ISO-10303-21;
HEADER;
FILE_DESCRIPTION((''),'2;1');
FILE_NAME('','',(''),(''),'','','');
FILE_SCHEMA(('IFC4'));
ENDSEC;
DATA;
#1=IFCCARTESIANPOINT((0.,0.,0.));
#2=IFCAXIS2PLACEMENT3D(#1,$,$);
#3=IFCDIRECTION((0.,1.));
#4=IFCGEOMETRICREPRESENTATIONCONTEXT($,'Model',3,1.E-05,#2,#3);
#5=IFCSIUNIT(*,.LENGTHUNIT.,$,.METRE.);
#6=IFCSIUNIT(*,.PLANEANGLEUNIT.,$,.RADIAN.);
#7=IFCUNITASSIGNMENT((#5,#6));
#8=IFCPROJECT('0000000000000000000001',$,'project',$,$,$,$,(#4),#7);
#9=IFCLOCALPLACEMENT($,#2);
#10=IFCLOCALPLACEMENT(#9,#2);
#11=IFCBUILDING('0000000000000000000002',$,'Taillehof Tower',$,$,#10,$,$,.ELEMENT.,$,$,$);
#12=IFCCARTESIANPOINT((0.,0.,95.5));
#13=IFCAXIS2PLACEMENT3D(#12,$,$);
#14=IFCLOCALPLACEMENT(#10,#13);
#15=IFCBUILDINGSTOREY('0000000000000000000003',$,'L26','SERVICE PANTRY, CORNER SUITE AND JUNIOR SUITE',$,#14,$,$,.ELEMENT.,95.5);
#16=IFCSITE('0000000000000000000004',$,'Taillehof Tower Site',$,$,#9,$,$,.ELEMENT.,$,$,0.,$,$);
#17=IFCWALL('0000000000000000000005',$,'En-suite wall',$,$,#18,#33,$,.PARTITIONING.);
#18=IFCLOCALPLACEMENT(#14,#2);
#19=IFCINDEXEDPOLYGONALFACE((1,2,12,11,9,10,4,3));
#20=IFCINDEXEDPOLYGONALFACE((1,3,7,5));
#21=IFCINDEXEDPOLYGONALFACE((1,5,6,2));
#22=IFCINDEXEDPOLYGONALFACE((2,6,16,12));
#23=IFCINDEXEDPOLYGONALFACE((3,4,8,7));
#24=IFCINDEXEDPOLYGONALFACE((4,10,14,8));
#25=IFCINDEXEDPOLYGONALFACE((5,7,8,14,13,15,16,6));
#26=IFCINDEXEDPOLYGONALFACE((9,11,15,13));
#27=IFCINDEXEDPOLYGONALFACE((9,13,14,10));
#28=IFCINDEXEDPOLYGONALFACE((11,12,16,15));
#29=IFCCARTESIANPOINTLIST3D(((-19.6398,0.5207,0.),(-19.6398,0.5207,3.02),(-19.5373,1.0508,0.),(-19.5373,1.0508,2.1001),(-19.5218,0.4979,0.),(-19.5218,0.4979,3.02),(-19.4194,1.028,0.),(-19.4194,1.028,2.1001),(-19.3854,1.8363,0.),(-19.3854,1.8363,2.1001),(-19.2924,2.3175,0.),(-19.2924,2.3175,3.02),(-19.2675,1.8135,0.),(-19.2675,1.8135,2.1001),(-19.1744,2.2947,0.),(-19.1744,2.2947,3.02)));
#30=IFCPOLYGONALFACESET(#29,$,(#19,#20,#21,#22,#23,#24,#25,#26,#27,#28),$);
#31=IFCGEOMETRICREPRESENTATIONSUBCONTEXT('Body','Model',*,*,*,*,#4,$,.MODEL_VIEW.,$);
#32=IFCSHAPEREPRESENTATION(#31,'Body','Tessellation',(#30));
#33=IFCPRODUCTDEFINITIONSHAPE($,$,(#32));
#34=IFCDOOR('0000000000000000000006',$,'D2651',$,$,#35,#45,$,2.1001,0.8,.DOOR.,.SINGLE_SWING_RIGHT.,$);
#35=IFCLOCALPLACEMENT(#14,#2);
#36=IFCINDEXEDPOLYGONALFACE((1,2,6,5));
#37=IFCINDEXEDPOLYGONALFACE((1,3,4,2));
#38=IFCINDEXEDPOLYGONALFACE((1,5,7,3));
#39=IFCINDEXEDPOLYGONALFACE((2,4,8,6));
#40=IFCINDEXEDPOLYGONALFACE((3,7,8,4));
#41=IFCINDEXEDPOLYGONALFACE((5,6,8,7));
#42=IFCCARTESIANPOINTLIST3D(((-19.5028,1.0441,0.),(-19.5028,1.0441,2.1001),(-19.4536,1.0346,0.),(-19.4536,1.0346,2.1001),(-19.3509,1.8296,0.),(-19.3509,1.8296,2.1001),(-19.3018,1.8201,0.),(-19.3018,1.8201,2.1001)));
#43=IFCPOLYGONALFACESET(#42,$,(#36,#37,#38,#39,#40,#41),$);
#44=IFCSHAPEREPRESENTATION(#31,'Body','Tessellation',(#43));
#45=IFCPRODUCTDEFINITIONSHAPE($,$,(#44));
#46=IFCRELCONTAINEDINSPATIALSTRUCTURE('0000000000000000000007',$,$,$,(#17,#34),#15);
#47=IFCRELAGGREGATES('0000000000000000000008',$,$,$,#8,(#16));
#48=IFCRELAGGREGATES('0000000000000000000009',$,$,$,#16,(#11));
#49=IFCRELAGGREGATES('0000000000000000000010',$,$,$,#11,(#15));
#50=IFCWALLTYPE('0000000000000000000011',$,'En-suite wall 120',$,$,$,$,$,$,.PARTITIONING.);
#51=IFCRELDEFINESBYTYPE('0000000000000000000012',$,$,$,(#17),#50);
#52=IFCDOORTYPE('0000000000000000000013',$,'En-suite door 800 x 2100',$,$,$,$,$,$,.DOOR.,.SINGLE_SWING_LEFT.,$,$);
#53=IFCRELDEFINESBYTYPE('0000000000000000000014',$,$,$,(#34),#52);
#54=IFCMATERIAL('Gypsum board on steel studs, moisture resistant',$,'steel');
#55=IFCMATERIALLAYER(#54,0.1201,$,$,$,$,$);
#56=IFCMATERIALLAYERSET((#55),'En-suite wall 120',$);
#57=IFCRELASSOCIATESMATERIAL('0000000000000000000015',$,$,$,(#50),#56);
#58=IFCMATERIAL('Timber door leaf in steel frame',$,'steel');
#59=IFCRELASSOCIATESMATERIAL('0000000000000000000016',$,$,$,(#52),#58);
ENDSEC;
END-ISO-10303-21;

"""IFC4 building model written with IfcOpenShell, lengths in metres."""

from ifc_helpers import new_model, si_unit, direction, frame, frame_2d, origin, place, context, subcontext, project, spatial, rectangle, extrude, material, layer, layer_set, type_object, element, fill, save


model = new_model("IFC4")

# Units and contexts
model_context = context("Model", 3, precision=1e-05, world=origin(), true_north=direction((0.0, 1.0)))
body_context = subcontext(model_context, "Body", "Model", "MODEL_VIEW")
ifc_project = project(units=[si_unit("LENGTHUNIT", "METRE"), si_unit("PLANEANGLEUNIT", "RADIAN")], contexts=[model_context])

# Site, building, storey
site_placement = place(None, origin())
site = spatial("IfcSite", under=ifc_project, at=site_placement, Name="Taillehof Tower Site", CompositionType="ELEMENT", RefElevation=0.0)
building_placement = place(site_placement, origin())
building = spatial("IfcBuilding", under=site, at=building_placement, Name="Taillehof Tower", CompositionType="ELEMENT")
storey_placement = place(building_placement, frame((0.0, 0.0, 95.5)))
storey = spatial("IfcBuildingStorey", under=building, at=storey_placement, Name="L26", Description="SERVICE PANTRY, CORNER SUITE AND JUNIOR SUITE", CompositionType="ELEMENT", Elevation=95.5)

# Shared definitions
ifc_material_1 = material(Name="Gypsum board on steel studs, moisture resistant", Category="steel")
ifc_layer_1 = layer(ifc_material_1, 0.1201)
ifc_layer_set_1 = layer_set([ifc_layer_1], Name="En-suite wall 120")
wall_type_1 = type_object("IfcWallType", Name="En-suite wall 120", PredefinedType="PARTITIONING", material=ifc_layer_set_1)

# Wall, opening, door
wall_1_placement = place(storey_placement, frame((-19.5808, 0.5093, 0.0), z_axis=(0.0, 0.0, 1.0), x_axis=(0.189827, 0.981818, 0.0)))
wall_1 = element("IfcWall", 1, at=wall_1_placement, inside=storey, type_object=wall_type_1, Name="En-suite wall", PredefinedType="PARTITIONING", context=body_context, shape_type="SweptSolid", body=[
    extrude(rectangle(XDim=1.8301, YDim=0.1201, at=frame_2d((0.915, 0.0))), origin(), (0.0, 0.0, 1.0), 3.02),
])
opening_1_placement = place(wall_1_placement, frame((0.54, 0.0, 0.0)))
opening_1 = element("IfcOpeningElement", 2, at=opening_1_placement, cuts=wall_1, PredefinedType="OPENING", context=body_context, shape_type="SweptSolid", body=[
    extrude(rectangle(XDim=0.8, YDim=2.1001, at=frame_2d((0.3999, 1.05))), frame((0.0, 0.0701, 0.0), z_axis=(0.0, -1.0, 0.0), x_axis=(1.0, 0.0, 0.0)), (0.0, 0.0, 1.0), 0.1401),
])
ifc_material_2 = material(Name="Timber door leaf in steel frame", Category="steel")
door_type_1 = type_object("IfcDoorType", Name="En-suite door 800 x 2100", OperationType="SINGLE_SWING_LEFT", PredefinedType="DOOR", material=ifc_material_2)
door_1_placement = place(opening_1_placement, origin())
door_1 = element("IfcDoor", 3, at=door_1_placement, inside=storey, type_object=door_type_1, Name="D2651", OperationType="SINGLE_SWING_RIGHT", OverallHeight=2.1001, OverallWidth=0.8, PredefinedType="DOOR", context=body_context, shape_type="SweptSolid", body=[
    extrude(rectangle(XDim=0.8, YDim=2.1001, at=frame_2d((0.3999, 1.05))), frame((0.0, 0.0249, 0.0), z_axis=(0.0, -1.0, 0.0), x_axis=(1.0, 0.0, 0.0)), (0.0, 0.0, 1.0), 0.05),
])
fill(opening_1, door_1)

save(model, "model.ifc")
